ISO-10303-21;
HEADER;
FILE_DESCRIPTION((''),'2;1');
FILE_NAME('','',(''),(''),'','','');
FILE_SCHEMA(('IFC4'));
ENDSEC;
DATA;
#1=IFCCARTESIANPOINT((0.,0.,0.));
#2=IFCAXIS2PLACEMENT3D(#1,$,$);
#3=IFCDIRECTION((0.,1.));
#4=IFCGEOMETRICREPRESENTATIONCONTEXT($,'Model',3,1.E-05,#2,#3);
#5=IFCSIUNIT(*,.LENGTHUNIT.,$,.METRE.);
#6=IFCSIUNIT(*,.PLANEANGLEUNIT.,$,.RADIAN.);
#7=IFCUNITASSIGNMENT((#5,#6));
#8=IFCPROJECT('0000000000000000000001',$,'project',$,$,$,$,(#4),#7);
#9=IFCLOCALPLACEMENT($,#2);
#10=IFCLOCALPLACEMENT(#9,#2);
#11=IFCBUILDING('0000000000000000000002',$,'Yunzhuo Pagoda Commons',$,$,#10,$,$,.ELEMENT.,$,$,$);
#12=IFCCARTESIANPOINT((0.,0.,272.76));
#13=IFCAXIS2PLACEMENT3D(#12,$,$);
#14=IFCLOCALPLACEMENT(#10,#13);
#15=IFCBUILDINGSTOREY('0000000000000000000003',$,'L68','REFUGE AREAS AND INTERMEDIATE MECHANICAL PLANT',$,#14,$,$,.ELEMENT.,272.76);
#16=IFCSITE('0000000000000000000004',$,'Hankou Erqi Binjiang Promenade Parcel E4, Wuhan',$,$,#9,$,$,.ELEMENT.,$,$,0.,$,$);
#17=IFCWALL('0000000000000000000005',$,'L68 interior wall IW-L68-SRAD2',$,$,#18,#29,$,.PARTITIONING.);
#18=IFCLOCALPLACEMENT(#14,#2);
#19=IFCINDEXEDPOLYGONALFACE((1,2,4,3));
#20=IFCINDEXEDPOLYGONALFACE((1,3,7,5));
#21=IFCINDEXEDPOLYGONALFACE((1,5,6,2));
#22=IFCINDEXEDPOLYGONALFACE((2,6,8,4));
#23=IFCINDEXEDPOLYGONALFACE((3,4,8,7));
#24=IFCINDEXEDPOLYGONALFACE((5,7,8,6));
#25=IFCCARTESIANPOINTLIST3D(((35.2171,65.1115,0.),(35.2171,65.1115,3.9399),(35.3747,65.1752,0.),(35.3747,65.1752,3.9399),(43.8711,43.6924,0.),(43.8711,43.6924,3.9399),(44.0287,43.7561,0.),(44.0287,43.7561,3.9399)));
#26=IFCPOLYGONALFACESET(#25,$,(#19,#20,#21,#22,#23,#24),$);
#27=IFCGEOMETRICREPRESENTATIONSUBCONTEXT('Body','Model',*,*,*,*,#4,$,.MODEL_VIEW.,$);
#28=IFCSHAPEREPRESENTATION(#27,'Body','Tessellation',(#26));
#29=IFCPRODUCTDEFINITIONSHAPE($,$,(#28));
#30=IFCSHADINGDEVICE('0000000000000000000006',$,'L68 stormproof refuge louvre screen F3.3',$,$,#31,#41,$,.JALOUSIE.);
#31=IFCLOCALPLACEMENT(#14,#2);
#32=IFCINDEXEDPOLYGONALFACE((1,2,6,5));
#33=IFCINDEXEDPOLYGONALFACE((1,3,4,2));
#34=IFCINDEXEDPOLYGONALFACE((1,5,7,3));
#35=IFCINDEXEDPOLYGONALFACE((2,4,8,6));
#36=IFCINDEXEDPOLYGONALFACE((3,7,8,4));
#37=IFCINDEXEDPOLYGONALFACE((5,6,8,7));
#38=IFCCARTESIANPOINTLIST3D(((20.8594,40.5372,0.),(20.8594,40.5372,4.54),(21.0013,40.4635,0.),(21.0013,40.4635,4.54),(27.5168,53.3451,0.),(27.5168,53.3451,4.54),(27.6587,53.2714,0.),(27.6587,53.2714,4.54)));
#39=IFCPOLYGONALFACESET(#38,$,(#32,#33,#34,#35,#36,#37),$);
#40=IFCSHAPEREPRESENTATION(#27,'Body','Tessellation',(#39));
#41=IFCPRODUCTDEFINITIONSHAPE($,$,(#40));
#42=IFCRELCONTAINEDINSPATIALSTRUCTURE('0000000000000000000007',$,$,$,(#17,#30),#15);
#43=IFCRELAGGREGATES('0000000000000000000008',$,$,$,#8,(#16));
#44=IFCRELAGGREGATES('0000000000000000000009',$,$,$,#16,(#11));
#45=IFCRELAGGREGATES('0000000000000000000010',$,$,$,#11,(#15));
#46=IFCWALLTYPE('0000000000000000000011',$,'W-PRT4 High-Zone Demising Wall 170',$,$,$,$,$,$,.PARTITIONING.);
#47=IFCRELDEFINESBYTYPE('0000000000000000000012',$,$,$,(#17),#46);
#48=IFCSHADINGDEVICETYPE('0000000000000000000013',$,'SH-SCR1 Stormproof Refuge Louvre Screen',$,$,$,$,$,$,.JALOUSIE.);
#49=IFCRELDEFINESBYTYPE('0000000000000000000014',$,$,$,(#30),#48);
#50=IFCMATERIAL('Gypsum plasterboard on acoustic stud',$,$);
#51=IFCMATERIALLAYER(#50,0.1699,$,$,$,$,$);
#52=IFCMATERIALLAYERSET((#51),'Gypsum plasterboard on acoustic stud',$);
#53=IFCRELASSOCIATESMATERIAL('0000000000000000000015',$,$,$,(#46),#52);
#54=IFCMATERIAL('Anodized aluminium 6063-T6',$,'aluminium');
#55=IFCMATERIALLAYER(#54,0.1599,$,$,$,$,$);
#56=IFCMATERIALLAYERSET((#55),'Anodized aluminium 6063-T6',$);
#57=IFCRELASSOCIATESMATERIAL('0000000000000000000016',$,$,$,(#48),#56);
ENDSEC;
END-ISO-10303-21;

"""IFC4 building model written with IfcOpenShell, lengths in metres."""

from ifc_helpers import new_model, si_unit, direction, frame, frame_2d, origin, origin_2d, place, context, subcontext, project, spatial, rectangle, extrude, source, transform, mapped, material, layer, layer_set, type_object, element, save


model = new_model("IFC4")

# Units and contexts
model_context = context("Model", 3, precision=1e-05, world=origin(), true_north=direction((0.0, 1.0)))
body_context = subcontext(model_context, "Body", "Model", "MODEL_VIEW")
ifc_project = project(units=[si_unit("LENGTHUNIT", "METRE"), si_unit("PLANEANGLEUNIT", "RADIAN")], contexts=[model_context])

# Site, building, storey
site_placement = place(None, origin())
site = spatial("IfcSite", under=ifc_project, at=site_placement, Name="Hankou Erqi Binjiang Promenade Parcel E4, Wuhan", CompositionType="ELEMENT", RefElevation=0.0)
building_placement = place(site_placement, origin())
building = spatial("IfcBuilding", under=site, at=building_placement, Name="Yunzhuo Pagoda Commons", CompositionType="ELEMENT")
storey_placement = place(building_placement, frame((0.0, 0.0, 272.76)))
storey = spatial("IfcBuildingStorey", under=building, at=storey_placement, Name="L68", Description="REFUGE AREAS AND INTERMEDIATE MECHANICAL PLANT", CompositionType="ELEMENT", Elevation=272.76)

# Wall
ifc_material_1 = material(Name="Gypsum plasterboard on acoustic stud")
ifc_layer_1 = layer(ifc_material_1, 0.1699)
ifc_layer_set_1 = layer_set([ifc_layer_1], Name="Gypsum plasterboard on acoustic stud")
wall_type = type_object("IfcWallType", Name="W-PRT4 High-Zone Demising Wall 170", PredefinedType="PARTITIONING", material=ifc_layer_set_1)
wall_placement = place(storey_placement, frame((43.95, 43.7241, 0.0), z_axis=(0.0, 0.0, 1.0), x_axis=(-0.374612, 0.927182, 0.0)))
element("IfcWall", 1, at=wall_placement, inside=storey, type_object=wall_type, Name="L68 interior wall IW-L68-SRAD2", PredefinedType="PARTITIONING", context=body_context, shape_type="SweptSolid", body=[
    extrude(rectangle(XDim=23.1013, YDim=0.1699, at=frame_2d((11.5508, 0.0))), origin(), (0.0, 0.0, 1.0), 3.9399),
])

# Shading device
ifc_material_2 = material(Name="Anodized aluminium 6063-T6", Category="aluminium")
ifc_layer_2 = layer(ifc_material_2, 0.1599)
ifc_layer_set_2 = layer_set([ifc_layer_2], Name="Anodized aluminium 6063-T6")
shading_device_type = type_object("IfcShadingDeviceType", Name="SH-SCR1 Stormproof Refuge Louvre Screen", PredefinedType="JALOUSIE", material=ifc_layer_set_2)
shared_shape_1 = source(origin(), body_context, "Body", "SweptSolid", [
    extrude(rectangle(XDim=14.4348, YDim=0.1599, at=origin_2d()), origin(), (0.0, 0.0, 1.0), 4.54),
])
shading_device_placement = place(storey_placement, frame((24.259, 46.9043, 0.0), z_axis=(0.0, 0.0, 1.0), x_axis=(-0.461207, -0.887293, 0.0)))
element("IfcShadingDevice", 2, at=shading_device_placement, inside=storey, type_object=shading_device_type, Name="L68 stormproof refuge louvre screen F3.3", PredefinedType="JALOUSIE", context=body_context, shape_type="MappedRepresentation", body=[
    mapped(shared_shape_1, transform((0.0, 0.0, 0.0), scale=1.0)),
])

save(model, "model.ifc")
